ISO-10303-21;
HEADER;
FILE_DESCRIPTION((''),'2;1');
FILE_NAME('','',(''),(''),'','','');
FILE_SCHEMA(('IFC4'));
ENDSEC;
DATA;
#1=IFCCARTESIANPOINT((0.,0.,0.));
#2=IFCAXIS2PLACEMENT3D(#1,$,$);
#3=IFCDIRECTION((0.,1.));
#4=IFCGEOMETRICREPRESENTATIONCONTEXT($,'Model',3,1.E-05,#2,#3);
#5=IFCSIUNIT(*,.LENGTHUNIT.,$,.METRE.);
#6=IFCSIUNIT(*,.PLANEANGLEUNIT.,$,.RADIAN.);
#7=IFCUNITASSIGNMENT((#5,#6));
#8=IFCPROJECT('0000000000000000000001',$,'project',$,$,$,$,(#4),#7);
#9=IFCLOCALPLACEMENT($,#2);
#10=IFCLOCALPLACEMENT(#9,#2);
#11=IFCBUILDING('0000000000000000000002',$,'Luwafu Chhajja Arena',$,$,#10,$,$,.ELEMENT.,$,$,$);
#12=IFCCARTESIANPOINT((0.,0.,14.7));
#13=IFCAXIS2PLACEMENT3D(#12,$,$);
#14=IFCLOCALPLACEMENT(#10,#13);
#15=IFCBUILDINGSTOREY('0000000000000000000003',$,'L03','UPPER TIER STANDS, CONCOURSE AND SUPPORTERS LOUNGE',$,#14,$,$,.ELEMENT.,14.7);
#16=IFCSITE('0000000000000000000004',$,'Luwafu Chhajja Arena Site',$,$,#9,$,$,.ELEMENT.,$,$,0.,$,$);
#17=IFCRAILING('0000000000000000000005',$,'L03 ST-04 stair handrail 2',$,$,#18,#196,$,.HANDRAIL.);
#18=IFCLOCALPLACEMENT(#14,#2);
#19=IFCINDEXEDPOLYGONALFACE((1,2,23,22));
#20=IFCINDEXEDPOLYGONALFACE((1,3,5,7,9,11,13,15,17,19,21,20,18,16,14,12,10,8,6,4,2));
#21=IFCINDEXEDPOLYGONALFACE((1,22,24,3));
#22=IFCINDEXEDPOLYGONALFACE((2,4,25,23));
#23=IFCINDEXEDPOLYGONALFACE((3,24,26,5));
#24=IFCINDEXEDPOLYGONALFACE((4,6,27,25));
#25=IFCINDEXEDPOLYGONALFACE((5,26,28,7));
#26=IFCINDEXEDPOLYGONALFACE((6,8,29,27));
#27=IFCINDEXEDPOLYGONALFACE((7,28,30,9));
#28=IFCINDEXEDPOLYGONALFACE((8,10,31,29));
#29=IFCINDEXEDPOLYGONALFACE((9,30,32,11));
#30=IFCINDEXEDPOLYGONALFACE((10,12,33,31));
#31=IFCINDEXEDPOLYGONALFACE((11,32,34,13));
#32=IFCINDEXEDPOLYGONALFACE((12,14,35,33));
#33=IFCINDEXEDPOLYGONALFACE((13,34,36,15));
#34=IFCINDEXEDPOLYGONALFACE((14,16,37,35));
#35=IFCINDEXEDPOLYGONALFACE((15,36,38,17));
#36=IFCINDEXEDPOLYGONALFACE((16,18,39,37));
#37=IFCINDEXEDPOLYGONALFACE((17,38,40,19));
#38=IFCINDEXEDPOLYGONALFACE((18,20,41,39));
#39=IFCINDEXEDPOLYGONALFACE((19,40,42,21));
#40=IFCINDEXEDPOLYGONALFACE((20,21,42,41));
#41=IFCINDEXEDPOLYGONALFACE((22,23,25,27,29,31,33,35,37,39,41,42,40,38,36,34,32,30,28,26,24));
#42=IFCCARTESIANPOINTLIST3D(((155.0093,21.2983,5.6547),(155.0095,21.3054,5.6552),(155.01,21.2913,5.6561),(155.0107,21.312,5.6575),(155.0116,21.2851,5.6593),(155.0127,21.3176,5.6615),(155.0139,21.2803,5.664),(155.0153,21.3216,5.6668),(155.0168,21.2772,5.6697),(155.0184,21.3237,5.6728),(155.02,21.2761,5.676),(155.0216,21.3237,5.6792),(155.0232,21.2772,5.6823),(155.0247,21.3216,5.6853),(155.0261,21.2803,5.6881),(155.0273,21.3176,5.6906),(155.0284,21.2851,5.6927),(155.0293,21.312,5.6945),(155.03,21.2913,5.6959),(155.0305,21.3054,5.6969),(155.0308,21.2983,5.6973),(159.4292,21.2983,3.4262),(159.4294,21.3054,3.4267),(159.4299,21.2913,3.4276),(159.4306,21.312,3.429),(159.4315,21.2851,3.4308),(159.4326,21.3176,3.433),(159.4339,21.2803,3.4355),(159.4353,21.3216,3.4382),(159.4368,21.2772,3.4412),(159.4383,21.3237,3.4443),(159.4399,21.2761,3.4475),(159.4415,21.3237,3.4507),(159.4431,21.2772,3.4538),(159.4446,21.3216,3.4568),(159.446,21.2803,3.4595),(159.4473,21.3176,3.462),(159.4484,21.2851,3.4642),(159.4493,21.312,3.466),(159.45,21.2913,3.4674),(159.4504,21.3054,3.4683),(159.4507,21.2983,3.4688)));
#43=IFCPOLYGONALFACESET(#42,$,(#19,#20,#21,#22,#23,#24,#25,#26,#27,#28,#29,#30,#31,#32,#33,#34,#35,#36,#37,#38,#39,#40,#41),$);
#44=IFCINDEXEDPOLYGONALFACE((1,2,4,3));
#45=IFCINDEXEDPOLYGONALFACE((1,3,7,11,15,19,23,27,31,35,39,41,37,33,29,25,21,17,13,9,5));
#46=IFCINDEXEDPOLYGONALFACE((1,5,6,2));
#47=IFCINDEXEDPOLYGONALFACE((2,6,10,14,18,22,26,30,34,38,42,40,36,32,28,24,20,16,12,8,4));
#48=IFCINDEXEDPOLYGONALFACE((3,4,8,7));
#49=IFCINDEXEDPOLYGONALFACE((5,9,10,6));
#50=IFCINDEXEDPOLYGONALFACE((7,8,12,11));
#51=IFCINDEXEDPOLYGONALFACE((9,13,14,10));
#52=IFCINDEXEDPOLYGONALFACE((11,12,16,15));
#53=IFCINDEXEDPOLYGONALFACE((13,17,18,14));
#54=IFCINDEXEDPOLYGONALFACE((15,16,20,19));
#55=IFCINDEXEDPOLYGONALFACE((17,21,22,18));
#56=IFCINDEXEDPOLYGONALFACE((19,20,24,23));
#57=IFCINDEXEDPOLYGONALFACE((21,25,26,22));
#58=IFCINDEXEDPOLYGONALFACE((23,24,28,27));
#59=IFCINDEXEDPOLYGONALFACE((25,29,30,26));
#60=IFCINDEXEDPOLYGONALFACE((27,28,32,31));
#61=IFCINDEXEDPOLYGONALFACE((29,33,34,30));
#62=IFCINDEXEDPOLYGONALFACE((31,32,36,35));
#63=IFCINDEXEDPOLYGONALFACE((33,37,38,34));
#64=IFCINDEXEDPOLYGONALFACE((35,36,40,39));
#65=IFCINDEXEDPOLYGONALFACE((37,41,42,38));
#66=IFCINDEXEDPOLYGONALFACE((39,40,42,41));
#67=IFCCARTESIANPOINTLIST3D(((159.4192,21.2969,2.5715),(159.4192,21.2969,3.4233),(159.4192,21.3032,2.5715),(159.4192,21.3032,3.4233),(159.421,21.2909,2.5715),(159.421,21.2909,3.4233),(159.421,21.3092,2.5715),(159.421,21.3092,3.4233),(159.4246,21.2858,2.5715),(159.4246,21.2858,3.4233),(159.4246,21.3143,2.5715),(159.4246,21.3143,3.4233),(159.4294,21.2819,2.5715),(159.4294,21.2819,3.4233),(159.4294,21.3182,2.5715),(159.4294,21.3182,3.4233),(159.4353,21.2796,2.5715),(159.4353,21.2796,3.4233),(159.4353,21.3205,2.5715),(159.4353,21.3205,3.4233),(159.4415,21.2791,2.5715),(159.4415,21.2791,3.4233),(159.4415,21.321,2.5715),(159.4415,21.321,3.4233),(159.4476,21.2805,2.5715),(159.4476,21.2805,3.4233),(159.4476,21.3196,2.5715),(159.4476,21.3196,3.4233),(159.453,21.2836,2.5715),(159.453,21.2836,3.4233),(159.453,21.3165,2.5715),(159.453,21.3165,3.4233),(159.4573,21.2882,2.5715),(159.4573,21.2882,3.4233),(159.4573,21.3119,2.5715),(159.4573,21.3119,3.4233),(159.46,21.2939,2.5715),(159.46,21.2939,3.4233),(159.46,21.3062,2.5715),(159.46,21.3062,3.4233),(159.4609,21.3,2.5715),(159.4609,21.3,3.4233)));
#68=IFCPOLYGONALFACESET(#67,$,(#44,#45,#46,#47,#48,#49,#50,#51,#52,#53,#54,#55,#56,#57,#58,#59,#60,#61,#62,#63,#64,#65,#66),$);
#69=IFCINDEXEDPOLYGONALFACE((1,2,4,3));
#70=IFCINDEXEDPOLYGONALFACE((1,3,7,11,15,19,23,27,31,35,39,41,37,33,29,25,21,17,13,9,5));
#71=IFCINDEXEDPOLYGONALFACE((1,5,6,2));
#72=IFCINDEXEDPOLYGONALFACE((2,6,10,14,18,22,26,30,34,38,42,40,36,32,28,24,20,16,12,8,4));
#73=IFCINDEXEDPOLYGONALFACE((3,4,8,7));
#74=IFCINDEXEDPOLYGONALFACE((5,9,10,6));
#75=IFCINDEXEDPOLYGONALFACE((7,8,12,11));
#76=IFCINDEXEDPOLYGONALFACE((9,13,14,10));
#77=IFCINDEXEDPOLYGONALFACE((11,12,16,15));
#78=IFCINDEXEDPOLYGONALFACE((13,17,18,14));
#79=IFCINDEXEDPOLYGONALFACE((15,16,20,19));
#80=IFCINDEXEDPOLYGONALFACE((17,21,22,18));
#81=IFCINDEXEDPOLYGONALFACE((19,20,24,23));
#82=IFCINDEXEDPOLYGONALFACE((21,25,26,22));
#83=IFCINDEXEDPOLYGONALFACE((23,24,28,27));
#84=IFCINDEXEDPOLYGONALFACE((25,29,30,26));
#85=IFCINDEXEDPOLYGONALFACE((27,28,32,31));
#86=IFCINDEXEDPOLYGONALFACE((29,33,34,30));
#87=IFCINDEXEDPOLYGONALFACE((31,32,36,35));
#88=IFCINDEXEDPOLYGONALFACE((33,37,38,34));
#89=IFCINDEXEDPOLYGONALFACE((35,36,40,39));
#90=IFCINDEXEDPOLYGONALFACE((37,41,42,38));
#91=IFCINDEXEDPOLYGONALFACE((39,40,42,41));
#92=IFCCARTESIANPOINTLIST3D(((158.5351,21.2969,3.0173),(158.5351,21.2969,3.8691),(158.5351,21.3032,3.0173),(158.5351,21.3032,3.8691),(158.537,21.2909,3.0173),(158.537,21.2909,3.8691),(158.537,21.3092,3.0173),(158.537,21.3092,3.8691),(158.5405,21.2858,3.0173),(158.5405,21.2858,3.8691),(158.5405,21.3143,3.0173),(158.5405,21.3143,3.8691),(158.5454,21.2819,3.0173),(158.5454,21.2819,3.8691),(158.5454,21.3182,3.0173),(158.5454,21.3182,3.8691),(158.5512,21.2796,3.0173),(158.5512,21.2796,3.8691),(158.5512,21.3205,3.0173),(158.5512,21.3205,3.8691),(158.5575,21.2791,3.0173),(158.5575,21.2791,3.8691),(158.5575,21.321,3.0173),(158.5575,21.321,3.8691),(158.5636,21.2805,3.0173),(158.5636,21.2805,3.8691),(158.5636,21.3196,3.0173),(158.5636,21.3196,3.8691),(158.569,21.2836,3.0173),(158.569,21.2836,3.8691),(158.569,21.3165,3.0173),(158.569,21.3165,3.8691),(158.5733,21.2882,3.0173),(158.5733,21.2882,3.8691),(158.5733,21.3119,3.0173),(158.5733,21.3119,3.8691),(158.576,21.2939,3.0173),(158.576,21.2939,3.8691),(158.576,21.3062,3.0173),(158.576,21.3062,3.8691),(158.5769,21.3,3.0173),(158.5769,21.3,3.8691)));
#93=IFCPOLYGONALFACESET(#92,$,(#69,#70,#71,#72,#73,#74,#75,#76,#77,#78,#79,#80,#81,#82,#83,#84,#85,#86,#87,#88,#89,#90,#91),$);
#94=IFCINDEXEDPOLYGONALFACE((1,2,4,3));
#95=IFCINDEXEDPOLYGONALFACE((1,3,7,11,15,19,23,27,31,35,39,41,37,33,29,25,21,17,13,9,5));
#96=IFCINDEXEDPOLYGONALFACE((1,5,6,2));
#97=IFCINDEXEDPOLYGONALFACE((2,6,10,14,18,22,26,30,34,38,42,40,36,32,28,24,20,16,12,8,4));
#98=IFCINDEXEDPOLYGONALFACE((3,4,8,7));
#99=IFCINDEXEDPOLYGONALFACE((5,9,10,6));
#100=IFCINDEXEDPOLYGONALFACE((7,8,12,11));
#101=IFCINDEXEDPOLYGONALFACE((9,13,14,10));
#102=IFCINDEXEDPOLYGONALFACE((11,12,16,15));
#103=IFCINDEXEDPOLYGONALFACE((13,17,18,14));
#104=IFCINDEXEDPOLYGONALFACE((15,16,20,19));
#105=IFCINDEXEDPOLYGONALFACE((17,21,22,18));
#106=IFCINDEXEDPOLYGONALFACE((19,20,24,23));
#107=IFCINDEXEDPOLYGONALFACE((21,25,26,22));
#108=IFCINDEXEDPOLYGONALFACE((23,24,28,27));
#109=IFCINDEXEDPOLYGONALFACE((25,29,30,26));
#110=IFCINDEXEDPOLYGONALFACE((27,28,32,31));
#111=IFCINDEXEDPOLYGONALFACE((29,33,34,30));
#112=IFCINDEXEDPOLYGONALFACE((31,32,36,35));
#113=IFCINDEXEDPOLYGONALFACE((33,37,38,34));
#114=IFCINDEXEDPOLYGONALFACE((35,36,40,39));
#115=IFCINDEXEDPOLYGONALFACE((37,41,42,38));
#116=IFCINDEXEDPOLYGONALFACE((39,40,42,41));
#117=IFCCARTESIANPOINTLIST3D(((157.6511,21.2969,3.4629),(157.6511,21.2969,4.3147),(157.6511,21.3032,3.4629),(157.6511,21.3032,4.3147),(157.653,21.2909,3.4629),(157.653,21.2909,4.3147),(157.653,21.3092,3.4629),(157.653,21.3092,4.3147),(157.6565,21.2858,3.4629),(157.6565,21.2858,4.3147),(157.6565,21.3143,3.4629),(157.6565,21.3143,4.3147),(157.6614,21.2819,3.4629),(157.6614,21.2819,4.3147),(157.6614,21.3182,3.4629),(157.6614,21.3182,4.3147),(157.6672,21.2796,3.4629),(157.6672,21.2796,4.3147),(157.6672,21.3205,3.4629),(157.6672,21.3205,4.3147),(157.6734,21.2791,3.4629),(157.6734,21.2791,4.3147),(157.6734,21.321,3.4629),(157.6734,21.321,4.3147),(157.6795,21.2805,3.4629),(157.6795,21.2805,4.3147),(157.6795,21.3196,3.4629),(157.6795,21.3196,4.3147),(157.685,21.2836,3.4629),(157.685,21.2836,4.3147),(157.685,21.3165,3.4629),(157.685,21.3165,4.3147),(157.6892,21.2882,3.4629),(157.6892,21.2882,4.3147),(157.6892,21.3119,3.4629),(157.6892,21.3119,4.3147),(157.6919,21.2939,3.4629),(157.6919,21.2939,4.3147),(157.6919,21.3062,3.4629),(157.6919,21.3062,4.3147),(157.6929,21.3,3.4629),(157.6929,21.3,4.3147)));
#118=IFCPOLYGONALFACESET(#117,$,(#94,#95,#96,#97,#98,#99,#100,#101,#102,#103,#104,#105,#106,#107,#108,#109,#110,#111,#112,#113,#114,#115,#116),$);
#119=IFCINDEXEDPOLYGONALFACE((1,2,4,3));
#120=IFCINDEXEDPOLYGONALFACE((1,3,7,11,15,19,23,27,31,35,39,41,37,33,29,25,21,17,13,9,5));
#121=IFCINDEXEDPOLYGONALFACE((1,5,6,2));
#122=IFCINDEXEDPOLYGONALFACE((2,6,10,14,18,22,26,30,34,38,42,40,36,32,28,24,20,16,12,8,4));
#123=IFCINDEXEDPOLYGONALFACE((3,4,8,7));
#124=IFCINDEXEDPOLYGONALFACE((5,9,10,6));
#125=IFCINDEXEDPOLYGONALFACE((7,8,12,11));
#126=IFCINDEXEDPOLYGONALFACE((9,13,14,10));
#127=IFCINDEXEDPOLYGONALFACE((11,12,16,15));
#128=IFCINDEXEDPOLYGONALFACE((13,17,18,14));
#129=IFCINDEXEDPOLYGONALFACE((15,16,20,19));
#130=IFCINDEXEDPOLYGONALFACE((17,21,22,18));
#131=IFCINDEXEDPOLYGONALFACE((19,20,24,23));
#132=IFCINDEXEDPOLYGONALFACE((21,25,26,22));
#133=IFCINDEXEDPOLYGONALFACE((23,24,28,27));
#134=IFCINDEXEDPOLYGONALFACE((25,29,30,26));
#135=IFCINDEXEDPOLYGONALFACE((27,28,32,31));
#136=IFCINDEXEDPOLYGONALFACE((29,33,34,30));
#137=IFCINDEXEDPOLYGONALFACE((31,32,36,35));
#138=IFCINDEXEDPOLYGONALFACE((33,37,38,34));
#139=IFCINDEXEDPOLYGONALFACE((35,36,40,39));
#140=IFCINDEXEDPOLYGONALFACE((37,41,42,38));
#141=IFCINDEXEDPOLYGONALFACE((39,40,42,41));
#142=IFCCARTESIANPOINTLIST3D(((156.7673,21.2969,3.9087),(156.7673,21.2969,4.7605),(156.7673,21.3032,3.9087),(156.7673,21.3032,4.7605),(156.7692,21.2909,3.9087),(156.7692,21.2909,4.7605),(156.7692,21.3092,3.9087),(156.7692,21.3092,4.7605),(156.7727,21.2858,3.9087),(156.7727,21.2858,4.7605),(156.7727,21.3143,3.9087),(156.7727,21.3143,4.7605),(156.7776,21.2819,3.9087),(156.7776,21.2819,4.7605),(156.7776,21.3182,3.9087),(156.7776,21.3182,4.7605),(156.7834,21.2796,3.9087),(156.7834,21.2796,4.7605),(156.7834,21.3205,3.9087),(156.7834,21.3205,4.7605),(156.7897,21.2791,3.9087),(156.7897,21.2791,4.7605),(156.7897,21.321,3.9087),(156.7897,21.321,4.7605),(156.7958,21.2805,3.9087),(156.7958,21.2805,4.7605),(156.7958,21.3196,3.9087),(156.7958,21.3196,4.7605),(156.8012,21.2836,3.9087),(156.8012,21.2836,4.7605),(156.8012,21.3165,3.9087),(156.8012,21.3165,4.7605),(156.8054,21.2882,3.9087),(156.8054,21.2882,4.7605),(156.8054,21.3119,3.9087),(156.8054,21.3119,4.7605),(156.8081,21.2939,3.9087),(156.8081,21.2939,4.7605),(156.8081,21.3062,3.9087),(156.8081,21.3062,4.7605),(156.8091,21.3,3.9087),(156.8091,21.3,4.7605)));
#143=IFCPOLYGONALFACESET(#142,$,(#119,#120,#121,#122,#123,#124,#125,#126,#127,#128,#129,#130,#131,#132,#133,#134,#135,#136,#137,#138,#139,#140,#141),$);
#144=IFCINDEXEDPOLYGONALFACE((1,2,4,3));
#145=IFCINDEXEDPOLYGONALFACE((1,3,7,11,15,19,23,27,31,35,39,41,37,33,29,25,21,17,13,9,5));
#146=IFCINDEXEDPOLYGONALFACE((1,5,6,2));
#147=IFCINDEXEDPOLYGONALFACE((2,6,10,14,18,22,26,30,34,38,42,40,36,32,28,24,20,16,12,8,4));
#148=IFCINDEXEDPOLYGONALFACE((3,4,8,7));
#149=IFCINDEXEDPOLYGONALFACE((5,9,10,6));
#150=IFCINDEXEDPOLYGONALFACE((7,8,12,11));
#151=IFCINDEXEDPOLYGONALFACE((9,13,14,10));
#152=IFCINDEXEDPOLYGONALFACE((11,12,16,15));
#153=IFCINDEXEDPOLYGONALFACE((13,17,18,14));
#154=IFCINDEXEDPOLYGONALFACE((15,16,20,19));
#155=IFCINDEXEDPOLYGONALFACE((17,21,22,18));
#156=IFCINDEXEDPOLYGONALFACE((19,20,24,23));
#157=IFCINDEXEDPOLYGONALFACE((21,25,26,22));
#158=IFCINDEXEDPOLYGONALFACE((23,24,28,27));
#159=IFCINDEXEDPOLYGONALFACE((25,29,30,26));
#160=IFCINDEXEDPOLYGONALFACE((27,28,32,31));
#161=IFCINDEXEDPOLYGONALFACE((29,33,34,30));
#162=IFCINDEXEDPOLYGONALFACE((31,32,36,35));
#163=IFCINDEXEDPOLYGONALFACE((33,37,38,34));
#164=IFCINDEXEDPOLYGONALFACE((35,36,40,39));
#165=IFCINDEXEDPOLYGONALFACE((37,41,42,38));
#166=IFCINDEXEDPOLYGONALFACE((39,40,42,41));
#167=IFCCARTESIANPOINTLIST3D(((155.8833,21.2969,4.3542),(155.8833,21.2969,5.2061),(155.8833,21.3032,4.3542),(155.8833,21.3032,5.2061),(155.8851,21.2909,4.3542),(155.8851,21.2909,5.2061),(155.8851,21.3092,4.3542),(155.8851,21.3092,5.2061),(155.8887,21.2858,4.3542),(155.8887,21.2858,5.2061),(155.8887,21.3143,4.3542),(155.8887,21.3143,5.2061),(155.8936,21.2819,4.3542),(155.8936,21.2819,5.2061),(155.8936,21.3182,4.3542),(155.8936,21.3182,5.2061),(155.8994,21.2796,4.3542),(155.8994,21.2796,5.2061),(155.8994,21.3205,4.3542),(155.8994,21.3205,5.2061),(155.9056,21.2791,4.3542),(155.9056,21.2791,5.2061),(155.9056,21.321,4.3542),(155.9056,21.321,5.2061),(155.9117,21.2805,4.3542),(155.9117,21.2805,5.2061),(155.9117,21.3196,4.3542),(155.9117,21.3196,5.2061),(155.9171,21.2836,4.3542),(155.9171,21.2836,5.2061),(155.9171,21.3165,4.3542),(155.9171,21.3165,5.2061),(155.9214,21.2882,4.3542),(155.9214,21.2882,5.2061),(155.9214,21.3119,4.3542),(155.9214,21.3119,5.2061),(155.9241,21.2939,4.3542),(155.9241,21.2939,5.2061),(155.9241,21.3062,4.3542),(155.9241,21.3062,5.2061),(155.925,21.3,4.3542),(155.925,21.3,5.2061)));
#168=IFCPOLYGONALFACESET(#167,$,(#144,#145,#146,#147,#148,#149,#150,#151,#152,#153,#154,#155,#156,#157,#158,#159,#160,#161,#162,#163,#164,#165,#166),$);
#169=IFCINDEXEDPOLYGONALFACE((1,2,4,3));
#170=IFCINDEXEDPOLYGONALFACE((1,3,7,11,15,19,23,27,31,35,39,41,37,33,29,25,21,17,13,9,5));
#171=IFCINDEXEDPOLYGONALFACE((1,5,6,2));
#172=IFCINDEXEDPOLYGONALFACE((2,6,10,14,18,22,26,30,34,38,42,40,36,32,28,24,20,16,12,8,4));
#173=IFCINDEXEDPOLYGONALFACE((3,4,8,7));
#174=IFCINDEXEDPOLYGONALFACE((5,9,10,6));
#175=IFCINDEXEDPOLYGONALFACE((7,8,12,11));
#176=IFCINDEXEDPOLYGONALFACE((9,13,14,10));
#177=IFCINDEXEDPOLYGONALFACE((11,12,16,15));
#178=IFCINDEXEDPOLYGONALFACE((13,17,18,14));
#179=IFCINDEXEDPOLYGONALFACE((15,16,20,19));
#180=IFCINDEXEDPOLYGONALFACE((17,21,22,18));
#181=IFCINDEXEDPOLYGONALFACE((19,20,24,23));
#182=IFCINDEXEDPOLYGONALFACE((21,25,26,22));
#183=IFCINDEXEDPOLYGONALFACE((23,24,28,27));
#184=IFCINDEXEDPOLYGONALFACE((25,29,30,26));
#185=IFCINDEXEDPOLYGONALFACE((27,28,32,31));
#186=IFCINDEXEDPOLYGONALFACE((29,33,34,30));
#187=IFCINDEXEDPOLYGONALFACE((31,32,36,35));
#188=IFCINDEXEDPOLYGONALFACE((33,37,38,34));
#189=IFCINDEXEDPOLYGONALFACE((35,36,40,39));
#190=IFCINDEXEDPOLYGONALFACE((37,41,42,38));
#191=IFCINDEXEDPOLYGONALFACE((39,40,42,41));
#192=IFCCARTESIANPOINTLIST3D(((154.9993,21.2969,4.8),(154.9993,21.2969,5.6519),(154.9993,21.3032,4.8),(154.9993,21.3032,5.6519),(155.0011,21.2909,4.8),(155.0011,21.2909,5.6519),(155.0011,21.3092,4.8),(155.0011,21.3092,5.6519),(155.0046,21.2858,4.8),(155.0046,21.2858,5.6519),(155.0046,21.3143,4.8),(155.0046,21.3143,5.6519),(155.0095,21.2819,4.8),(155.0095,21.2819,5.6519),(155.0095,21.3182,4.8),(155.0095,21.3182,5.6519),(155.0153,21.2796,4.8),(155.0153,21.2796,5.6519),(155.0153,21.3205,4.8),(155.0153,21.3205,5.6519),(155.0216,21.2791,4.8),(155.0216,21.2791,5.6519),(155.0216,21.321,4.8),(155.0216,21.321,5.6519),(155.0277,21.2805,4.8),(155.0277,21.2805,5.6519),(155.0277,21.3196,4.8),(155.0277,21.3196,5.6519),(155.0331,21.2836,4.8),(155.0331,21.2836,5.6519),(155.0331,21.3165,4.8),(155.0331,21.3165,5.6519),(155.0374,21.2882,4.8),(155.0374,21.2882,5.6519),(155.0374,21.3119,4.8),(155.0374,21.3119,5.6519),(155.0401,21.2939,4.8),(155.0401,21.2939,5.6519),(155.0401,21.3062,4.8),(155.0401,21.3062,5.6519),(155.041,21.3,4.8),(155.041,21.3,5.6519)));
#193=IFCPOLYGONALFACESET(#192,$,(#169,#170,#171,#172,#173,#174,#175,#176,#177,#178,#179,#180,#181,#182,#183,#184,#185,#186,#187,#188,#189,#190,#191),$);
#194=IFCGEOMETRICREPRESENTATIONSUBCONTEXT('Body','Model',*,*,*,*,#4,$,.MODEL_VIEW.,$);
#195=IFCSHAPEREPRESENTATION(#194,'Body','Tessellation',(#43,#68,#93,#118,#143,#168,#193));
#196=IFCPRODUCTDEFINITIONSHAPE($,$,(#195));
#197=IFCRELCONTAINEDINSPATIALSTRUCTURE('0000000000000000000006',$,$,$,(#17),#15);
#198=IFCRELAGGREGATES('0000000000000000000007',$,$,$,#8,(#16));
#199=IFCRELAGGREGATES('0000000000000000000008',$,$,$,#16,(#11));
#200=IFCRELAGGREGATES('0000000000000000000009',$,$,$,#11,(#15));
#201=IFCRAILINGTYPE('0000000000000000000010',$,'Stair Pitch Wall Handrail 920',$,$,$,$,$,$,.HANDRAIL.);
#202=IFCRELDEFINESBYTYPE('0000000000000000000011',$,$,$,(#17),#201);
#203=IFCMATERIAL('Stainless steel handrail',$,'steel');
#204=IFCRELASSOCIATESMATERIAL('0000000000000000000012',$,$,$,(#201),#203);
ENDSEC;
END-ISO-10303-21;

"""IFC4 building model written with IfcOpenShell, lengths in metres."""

from ifc_helpers import new_model, si_unit, direction, frame, origin, origin_2d, place, context, subcontext, project, spatial, circle, extrude, material, type_object, element, save


model = new_model("IFC4")

# Units and contexts
model_context = context("Model", 3, precision=1e-05, world=origin(), true_north=direction((0.0, 1.0)))
body_context = subcontext(model_context, "Body", "Model", "MODEL_VIEW")
ifc_project = project(units=[si_unit("LENGTHUNIT", "METRE"), si_unit("PLANEANGLEUNIT", "RADIAN")], contexts=[model_context])

# Site, building, storey
site_placement = place(None, origin())
site = spatial("IfcSite", under=ifc_project, at=site_placement, Name="Luwafu Chhajja Arena Site", CompositionType="ELEMENT", RefElevation=0.0)
building_placement = place(site_placement, origin())
building = spatial("IfcBuilding", under=site, at=building_placement, Name="Luwafu Chhajja Arena", CompositionType="ELEMENT")
storey_placement = place(building_placement, frame((0.0, 0.0, 14.7)))
storey = spatial("IfcBuildingStorey", under=building, at=storey_placement, Name="L03", Description="UPPER TIER STANDS, CONCOURSE AND SUPPORTERS LOUNGE", CompositionType="ELEMENT", Elevation=14.7)

# Railing
ifc_material_1 = material(Name="Stainless steel handrail", Category="steel")
railing_type_1 = type_object("IfcRailingType", Name="Stair Pitch Wall Handrail 920", PredefinedType="HANDRAIL", material=ifc_material_1)
railing_1_placement = place(storey_placement, frame((159.4399, 21.3, 2.5715)))
element("IfcRailing", 1, at=railing_1_placement, inside=storey, type_object=railing_type_1, Name="L03 ST-04 stair handrail 2", PredefinedType="HANDRAIL", context=body_context, shape_type="SweptSolid", body=[
    extrude(circle(Radius=0.0239, at=origin_2d()), frame((0.0, 0.0, 0.876), z_axis=(-0.892923, 0.0, 0.45021), x_axis=(0.0, -1.0, 0.0)), (0.0, 0.0, 1.0), 4.95),
    extrude(circle(Radius=0.021, at=origin_2d()), origin(), (0.0, 0.0, 1.0), 0.8518),
    extrude(circle(Radius=0.021, at=origin_2d()), frame((-0.884, 0.0, 0.4458)), (0.0, 0.0, 1.0), 0.8518),
    extrude(circle(Radius=0.021, at=origin_2d()), frame((-1.7681, 0.0, 0.8914)), (0.0, 0.0, 1.0), 0.8518),
    extrude(circle(Radius=0.021, at=origin_2d()), frame((-2.6519, 0.0, 1.3372)), (0.0, 0.0, 1.0), 0.8518),
    extrude(circle(Radius=0.021, at=origin_2d()), frame((-3.5359, 0.0, 1.7827)), (0.0, 0.0, 1.0), 0.8518),
    extrude(circle(Radius=0.021, at=origin_2d()), frame((-4.4199, 0.0, 2.2285)), (0.0, 0.0, 1.0), 0.8518),
])

save(model, "model.ifc")
